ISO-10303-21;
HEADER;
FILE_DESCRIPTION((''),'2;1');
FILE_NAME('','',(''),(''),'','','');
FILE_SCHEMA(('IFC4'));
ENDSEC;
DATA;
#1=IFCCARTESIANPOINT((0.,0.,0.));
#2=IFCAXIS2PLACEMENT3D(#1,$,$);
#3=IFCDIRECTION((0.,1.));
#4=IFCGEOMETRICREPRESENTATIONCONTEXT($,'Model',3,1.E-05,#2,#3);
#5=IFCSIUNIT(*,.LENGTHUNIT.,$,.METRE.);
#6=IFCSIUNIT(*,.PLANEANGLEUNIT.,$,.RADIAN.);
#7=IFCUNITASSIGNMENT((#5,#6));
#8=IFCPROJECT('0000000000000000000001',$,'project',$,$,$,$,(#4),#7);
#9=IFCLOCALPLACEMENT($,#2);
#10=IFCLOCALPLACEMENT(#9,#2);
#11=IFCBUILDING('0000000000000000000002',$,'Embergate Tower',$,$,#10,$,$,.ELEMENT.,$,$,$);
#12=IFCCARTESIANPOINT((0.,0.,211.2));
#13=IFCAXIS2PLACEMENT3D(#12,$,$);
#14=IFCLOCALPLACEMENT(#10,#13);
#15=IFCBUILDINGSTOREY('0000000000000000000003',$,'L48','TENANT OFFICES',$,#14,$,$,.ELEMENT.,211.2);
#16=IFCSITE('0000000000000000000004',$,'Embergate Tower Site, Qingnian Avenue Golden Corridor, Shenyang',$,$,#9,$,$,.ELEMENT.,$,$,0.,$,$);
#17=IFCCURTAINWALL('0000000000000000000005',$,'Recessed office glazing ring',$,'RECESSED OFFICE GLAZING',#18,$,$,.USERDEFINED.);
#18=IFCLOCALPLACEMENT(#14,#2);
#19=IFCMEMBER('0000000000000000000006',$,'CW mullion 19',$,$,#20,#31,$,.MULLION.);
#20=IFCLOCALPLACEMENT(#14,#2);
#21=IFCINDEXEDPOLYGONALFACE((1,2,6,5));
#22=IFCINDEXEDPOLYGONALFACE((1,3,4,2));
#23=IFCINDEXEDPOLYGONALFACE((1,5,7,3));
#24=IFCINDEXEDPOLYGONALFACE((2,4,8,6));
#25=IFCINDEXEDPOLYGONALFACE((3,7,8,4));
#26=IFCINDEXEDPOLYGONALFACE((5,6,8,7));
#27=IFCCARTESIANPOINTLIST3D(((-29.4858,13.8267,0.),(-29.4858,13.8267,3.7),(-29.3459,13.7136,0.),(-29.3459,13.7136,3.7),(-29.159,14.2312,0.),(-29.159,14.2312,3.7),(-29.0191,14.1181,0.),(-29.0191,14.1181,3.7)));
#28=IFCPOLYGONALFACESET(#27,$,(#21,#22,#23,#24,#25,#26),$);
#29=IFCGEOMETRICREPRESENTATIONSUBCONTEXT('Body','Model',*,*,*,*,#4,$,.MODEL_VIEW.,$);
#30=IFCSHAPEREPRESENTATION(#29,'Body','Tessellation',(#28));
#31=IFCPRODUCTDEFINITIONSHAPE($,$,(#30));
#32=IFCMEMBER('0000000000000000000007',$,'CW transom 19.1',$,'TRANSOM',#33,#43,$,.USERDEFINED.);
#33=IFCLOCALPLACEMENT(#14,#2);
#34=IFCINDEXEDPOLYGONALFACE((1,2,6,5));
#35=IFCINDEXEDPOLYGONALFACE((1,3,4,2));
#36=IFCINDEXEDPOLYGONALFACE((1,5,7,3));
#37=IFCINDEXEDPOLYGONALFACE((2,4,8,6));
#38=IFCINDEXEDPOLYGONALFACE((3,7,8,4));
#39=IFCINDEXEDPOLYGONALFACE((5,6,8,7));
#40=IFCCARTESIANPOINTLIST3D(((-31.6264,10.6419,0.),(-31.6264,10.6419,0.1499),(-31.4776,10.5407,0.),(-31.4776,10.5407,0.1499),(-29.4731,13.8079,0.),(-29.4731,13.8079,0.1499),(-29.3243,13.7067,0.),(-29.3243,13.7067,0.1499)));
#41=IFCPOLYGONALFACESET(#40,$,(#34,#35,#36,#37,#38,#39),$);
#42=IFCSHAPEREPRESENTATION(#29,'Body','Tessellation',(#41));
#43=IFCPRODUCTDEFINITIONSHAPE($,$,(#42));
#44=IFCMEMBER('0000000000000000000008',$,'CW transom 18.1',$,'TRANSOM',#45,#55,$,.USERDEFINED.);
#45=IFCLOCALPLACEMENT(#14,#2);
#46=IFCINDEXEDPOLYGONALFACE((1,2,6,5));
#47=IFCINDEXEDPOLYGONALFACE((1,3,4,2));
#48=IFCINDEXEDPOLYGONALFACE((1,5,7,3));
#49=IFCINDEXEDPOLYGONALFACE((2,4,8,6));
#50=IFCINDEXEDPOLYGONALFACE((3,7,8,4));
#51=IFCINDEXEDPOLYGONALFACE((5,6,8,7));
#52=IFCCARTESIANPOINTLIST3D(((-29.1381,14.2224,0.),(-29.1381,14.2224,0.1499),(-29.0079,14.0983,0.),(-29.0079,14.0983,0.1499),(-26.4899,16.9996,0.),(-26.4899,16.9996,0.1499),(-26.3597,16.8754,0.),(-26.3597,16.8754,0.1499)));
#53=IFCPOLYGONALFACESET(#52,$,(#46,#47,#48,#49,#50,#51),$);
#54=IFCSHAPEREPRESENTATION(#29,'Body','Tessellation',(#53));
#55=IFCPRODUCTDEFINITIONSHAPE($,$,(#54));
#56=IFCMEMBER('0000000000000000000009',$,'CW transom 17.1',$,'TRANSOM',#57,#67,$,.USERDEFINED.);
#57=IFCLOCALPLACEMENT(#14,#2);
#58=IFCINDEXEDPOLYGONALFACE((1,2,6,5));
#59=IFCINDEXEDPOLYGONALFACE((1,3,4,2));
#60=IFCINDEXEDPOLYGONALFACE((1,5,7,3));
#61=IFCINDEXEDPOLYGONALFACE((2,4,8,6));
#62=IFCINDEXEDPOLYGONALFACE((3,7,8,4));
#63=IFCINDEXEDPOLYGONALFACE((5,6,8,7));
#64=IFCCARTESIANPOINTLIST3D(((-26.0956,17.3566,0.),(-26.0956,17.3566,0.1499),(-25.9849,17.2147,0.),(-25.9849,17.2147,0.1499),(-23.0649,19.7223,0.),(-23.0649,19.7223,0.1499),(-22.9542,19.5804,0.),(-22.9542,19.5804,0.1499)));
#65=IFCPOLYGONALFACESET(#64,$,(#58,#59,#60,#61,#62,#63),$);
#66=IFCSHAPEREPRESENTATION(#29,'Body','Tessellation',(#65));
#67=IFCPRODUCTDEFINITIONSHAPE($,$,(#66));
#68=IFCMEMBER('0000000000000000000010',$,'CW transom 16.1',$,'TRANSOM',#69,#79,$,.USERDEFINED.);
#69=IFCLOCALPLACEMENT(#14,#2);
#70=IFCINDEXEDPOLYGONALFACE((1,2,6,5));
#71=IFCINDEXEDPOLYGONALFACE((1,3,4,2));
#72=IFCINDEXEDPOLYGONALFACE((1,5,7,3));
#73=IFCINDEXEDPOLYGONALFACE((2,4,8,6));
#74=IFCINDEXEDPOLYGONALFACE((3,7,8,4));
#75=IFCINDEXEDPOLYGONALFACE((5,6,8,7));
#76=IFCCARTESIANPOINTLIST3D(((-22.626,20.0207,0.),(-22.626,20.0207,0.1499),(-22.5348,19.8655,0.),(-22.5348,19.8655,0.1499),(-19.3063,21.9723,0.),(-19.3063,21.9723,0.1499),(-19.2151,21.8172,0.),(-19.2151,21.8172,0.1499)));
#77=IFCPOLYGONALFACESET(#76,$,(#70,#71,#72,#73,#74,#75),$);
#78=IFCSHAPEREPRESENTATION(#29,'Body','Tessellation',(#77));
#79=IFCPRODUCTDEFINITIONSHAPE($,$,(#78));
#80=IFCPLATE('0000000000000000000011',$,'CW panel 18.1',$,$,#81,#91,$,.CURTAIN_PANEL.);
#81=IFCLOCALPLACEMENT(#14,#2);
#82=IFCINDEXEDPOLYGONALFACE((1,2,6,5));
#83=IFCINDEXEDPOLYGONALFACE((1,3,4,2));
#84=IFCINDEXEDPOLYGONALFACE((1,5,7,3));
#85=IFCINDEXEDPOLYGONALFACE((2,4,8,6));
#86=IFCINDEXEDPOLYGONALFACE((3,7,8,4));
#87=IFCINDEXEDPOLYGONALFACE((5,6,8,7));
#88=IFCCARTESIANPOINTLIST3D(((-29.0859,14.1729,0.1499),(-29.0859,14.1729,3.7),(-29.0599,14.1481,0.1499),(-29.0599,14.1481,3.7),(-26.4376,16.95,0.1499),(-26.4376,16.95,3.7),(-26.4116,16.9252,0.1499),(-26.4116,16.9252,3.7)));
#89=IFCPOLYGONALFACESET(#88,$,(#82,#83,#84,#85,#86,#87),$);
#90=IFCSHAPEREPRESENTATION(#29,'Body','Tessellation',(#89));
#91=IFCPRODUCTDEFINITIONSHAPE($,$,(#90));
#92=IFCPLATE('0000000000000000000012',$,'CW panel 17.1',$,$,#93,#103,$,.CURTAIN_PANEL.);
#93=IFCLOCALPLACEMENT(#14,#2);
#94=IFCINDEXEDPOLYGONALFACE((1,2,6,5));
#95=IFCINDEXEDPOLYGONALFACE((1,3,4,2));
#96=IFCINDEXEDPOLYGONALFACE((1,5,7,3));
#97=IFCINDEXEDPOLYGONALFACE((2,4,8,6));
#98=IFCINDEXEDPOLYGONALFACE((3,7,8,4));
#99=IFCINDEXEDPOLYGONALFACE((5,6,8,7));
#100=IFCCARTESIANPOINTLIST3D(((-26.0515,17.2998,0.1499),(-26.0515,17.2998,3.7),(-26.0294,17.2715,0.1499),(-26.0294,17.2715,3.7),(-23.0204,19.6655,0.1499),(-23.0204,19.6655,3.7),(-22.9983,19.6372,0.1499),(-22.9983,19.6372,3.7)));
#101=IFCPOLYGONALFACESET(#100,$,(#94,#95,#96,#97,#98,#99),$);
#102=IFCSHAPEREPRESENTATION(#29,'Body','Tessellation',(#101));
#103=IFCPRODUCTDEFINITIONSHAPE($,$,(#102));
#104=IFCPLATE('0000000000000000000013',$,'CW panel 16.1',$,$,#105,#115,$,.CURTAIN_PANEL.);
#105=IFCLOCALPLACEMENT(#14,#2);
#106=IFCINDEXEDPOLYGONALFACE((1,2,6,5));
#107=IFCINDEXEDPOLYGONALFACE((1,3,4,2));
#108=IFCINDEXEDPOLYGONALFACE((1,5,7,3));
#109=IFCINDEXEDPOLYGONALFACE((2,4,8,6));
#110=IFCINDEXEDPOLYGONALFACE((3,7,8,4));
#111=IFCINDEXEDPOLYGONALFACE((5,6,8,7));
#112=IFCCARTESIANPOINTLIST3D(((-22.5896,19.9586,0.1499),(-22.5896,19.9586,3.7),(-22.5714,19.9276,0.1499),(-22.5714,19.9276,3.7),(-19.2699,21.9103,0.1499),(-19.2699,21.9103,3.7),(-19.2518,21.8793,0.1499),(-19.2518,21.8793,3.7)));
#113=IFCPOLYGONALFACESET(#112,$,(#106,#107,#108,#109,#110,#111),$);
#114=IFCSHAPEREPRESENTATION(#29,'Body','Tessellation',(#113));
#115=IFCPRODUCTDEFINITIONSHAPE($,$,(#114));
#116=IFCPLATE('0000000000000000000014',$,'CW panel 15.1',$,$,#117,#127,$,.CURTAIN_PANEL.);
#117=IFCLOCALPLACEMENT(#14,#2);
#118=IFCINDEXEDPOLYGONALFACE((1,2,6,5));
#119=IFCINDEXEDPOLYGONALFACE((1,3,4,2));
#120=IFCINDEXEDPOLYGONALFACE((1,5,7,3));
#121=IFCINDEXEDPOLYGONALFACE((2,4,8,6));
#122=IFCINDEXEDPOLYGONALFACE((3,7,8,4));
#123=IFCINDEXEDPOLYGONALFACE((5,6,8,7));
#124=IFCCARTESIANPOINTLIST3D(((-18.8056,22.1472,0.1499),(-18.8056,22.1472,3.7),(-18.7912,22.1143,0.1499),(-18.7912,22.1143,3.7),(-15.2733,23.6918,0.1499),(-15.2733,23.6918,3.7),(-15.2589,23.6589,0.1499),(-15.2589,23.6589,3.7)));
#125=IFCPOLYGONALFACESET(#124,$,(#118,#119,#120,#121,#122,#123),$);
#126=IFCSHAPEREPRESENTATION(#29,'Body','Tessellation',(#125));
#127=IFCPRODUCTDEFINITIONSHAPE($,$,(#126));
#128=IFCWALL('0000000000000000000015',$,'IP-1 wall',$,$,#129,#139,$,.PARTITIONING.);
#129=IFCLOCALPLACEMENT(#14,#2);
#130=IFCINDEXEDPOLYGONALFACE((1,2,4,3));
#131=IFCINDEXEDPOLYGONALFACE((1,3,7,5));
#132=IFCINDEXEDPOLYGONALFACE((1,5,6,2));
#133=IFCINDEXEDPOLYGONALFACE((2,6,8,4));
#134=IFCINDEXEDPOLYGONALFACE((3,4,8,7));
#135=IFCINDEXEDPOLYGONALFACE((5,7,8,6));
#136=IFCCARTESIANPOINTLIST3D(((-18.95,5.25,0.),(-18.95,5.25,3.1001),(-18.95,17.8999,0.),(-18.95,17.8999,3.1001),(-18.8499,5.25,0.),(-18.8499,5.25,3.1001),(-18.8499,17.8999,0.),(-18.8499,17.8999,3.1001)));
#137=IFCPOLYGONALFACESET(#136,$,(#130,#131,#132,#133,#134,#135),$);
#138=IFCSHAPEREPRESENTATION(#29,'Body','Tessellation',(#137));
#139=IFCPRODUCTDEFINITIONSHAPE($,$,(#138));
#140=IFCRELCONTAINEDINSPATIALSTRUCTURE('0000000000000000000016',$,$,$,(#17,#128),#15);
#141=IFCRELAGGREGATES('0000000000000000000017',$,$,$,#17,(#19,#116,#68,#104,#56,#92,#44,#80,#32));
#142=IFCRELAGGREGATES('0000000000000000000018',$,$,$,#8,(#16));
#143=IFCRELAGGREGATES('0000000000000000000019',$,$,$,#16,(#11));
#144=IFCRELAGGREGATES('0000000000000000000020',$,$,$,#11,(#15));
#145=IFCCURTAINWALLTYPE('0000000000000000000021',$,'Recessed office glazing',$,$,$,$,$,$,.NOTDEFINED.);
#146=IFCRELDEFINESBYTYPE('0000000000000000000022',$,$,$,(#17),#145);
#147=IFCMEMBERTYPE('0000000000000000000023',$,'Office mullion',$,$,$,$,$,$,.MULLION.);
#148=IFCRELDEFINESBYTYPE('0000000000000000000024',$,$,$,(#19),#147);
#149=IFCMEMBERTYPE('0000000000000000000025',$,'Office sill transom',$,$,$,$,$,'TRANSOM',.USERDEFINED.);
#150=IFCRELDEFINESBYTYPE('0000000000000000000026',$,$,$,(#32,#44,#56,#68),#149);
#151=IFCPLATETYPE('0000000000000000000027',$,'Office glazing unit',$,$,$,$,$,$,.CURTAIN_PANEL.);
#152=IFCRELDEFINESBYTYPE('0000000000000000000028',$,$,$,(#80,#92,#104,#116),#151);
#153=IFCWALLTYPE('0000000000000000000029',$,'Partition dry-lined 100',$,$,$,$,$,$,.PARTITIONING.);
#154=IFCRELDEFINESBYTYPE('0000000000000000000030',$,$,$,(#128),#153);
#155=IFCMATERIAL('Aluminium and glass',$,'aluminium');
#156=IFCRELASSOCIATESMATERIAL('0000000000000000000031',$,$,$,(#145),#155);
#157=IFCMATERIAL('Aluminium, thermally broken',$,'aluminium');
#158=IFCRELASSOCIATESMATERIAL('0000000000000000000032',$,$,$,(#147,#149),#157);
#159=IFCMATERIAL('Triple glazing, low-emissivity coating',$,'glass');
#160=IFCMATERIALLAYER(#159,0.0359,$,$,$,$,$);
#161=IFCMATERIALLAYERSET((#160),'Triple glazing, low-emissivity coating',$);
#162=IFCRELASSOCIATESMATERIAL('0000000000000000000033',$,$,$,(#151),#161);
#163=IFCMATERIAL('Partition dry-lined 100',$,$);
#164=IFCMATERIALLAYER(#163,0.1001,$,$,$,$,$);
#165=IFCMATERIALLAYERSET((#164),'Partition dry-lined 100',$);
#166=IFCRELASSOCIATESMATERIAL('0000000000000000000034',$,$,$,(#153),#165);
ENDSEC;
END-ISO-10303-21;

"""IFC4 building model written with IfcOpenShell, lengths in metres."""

from ifc_helpers import new_model, si_unit, direction, frame, frame_2d, origin, origin_2d, place, context, subcontext, project, spatial, rectangle, extrude, source, transform, mapped, material, layer, layer_set, material_profile, profile_set, type_object, element, aggregate, save


model = new_model("IFC4")

# Units and contexts
model_context = context("Model", 3, precision=1e-05, world=origin(), true_north=direction((0.0, 1.0)))
body_context = subcontext(model_context, "Body", "Model", "MODEL_VIEW")
ifc_project = project(units=[si_unit("LENGTHUNIT", "METRE"), si_unit("PLANEANGLEUNIT", "RADIAN")], contexts=[model_context])

# Site, building, storey
site_placement = place(None, origin())
site = spatial("IfcSite", under=ifc_project, at=site_placement, Name="Embergate Tower Site, Qingnian Avenue Golden Corridor, Shenyang", CompositionType="ELEMENT", RefElevation=0.0)
building_placement = place(site_placement, origin())
building = spatial("IfcBuilding", under=site, at=building_placement, Name="Embergate Tower", CompositionType="ELEMENT")
storey_placement = place(building_placement, frame((0.0, 0.0, 211.2)))
storey = spatial("IfcBuildingStorey", under=building, at=storey_placement, Name="L48", Description="TENANT OFFICES", CompositionType="ELEMENT", Elevation=211.2)

# Curtain wall, members, plates
ifc_material_1 = material(Name="Aluminium and glass", Category="aluminium")
curtain_wall_type = type_object("IfcCurtainWallType", Name="Recessed office glazing", PredefinedType="NOTDEFINED", material=ifc_material_1)
curtain_wall_placement = place(storey_placement, origin())
curtain_wall = element("IfcCurtainWall", 1, at=curtain_wall_placement, inside=storey, type_object=curtain_wall_type, Name="Recessed office glazing ring", ObjectType="RECESSED OFFICE GLAZING", PredefinedType="USERDEFINED")
ifc_material_2 = material(Name="Aluminium, thermally broken", Category="aluminium")
ifc_material_profile_1 = material_profile(ifc_material_2, rectangle(XDim=0.1799, YDim=0.52, at=origin_2d()), Name="AL 520x180")
ifc_profile_set_1 = profile_set([ifc_material_profile_1], Name="Aluminium, thermally broken")
member_type_1 = type_object("IfcMemberType", Name="Office mullion", PredefinedType="MULLION", material=ifc_profile_set_1)
shared_shape_1 = source(origin(), body_context, "Body", "SweptSolid", [
    extrude(rectangle(XDim=0.1799, YDim=0.52, at=origin_2d()), origin(), (0.0, 0.0, 1.0), 3.7),
])
member_1_placement = place(storey_placement, frame((-29.2524, 13.9724, 0.0), z_axis=(0.0, 0.0, 1.0), x_axis=(0.777875, -0.628419, 0.0)))
member_1 = element("IfcMember", 2, at=member_1_placement, type_object=member_type_1, Name="CW mullion 19", PredefinedType="MULLION", context=body_context, shape_type="MappedRepresentation", body=[
    mapped(shared_shape_1, transform((0.0, 0.0, 0.0))),
])
ifc_material_profile_2 = material_profile(ifc_material_2, rectangle(XDim=0.1799, YDim=0.1499, at=origin_2d()), Name="AL 150x180")
ifc_profile_set_2 = profile_set([ifc_material_profile_2], Name="Aluminium, thermally broken")
member_type_2 = type_object("IfcMemberType", Name="Office sill transom", ElementType="TRANSOM", PredefinedType="USERDEFINED", material=ifc_profile_set_2)
shared_shape_2 = source(origin(), body_context, "Body", "SweptSolid", [
    extrude(rectangle(XDim=0.1799, YDim=0.1499, at=origin_2d()), origin(), (0.0, 0.0, 1.0), 3.8289),
])
member_2_placement = place(storey_placement, frame((-29.3987, 13.7573, 0.075), z_axis=(-0.562387, -0.826874, 0.0), x_axis=(0.826874, -0.562387, 0.0)))
member_2 = element("IfcMember", 3, at=member_2_placement, type_object=member_type_2, Name="CW transom 19.1", ObjectType="TRANSOM", PredefinedType="USERDEFINED", context=body_context, shape_type="MappedRepresentation", body=[
    mapped(shared_shape_2, transform((0.0, 0.0, 0.0))),
])
shared_shape_3 = source(origin(), body_context, "Body", "SweptSolid", [
    extrude(rectangle(XDim=0.1799, YDim=0.1499, at=origin_2d()), origin(), (0.0, 0.0, 1.0), 3.8374),
])
member_3_placement = place(storey_placement, frame((-26.4248, 16.9375, 0.075), z_axis=(-0.690111, -0.723704, 0.0), x_axis=(0.723704, -0.690111, 0.0)))
member_3 = element("IfcMember", 4, at=member_3_placement, type_object=member_type_2, Name="CW transom 18.1", ObjectType="TRANSOM", PredefinedType="USERDEFINED", context=body_context, shape_type="MappedRepresentation", body=[
    mapped(shared_shape_3, transform((0.0, 0.0, 0.0))),
])
shared_shape_4 = source(origin(), body_context, "Body", "SweptSolid", [
    extrude(rectangle(XDim=0.1799, YDim=0.1499, at=origin_2d()), origin(), (0.0, 0.0, 1.0), 3.8447),
])
member_4_placement = place(storey_placement, frame((-23.0095, 19.6514, 0.075), z_axis=(-0.788284, -0.615311, 0.0), x_axis=(0.615311, -0.788284, 0.0)))
member_4 = element("IfcMember", 5, at=member_4_placement, type_object=member_type_2, Name="CW transom 17.1", ObjectType="TRANSOM", PredefinedType="USERDEFINED", context=body_context, shape_type="MappedRepresentation", body=[
    mapped(shared_shape_4, transform((0.0, 0.0, 0.0))),
])
shared_shape_5 = source(origin(), body_context, "Body", "SweptSolid", [
    extrude(rectangle(XDim=0.1799, YDim=0.1499, at=origin_2d()), origin(), (0.0, 0.0, 1.0), 3.8508),
])
member_5_placement = place(storey_placement, frame((-19.2607, 21.8948, 0.075), z_axis=(-0.862052, -0.506821, 0.0), x_axis=(0.506821, -0.862052, 0.0)))
member_5 = element("IfcMember", 6, at=member_5_placement, type_object=member_type_2, Name="CW transom 16.1", ObjectType="TRANSOM", PredefinedType="USERDEFINED", context=body_context, shape_type="MappedRepresentation", body=[
    mapped(shared_shape_5, transform((0.0, 0.0, 0.0))),
])
ifc_material_3 = material(Name="Triple glazing, low-emissivity coating", Category="glass")
ifc_layer_1 = layer(ifc_material_3, 0.0359)
ifc_layer_set_1 = layer_set([ifc_layer_1], Name="Triple glazing, low-emissivity coating")
plate_type = type_object("IfcPlateType", Name="Office glazing unit", PredefinedType="CURTAIN_PANEL", material=ifc_layer_set_1)
shared_shape_6 = source(origin(), body_context, "Body", "SweptSolid", [
    extrude(rectangle(XDim=3.8374, YDim=0.0359, at=origin_2d()), origin(), (0.0, 0.0, 1.0), 3.55),
])
plate_1_placement = place(storey_placement, frame((-27.7488, 15.5491, 0.1499), z_axis=(0.0, 0.0, 1.0), x_axis=(-0.690129, -0.723687, 0.0)))
plate_1 = element("IfcPlate", 7, at=plate_1_placement, type_object=plate_type, Name="CW panel 18.1", PredefinedType="CURTAIN_PANEL", context=body_context, shape_type="MappedRepresentation", body=[
    mapped(shared_shape_6, transform((0.0, 0.0, 0.0))),
])
shared_shape_7 = source(origin(), body_context, "Body", "SweptSolid", [
    extrude(rectangle(XDim=3.845, YDim=0.0359, at=origin_2d()), origin(), (0.0, 0.0, 1.0), 3.55),
])
plate_2_placement = place(storey_placement, frame((-24.5249, 18.4685, 0.1499), z_axis=(0.0, 0.0, 1.0), x_axis=(-0.788316, -0.615271, 0.0)))
plate_2 = element("IfcPlate", 8, at=plate_2_placement, type_object=plate_type, Name="CW panel 17.1", PredefinedType="CURTAIN_PANEL", context=body_context, shape_type="MappedRepresentation", body=[
    mapped(shared_shape_7, transform((0.0, 0.0, 0.0))),
])
shared_shape_8 = source(origin(), body_context, "Body", "SweptSolid", [
    extrude(rectangle(XDim=3.8508, YDim=0.0359, at=origin_2d()), origin(), (0.0, 0.0, 1.0), 3.55),
])
plate_3_placement = place(storey_placement, frame((-20.9207, 20.9189, 0.1499), z_axis=(0.0, 0.0, 1.0), x_axis=(-0.86205, -0.506824, 0.0)))
plate_3 = element("IfcPlate", 9, at=plate_3_placement, type_object=plate_type, Name="CW panel 16.1", PredefinedType="CURTAIN_PANEL", context=body_context, shape_type="MappedRepresentation", body=[
    mapped(shared_shape_8, transform((0.0, 0.0, 0.0))),
])
shared_shape_9 = source(origin(), body_context, "Body", "SweptSolid", [
    extrude(rectangle(XDim=3.8552, YDim=0.0359, at=origin_2d()), origin(), (0.0, 0.0, 1.0), 3.55),
])
plate_4_placement = place(storey_placement, frame((-17.0322, 22.9031, 0.1499), z_axis=(0.0, 0.0, 1.0), x_axis=(-0.916233, -0.400645, 0.0)))
plate_4 = element("IfcPlate", 10, at=plate_4_placement, type_object=plate_type, Name="CW panel 15.1", PredefinedType="CURTAIN_PANEL", context=body_context, shape_type="MappedRepresentation", body=[
    mapped(shared_shape_9, transform((0.0, 0.0, 0.0))),
])
aggregate(curtain_wall, [member_1, plate_4, member_5, plate_3, member_4, plate_2, member_3, plate_1, member_2])

# Wall
ifc_material_4 = material(Name="Partition dry-lined 100")
ifc_layer_2 = layer(ifc_material_4, 0.1001)
ifc_layer_set_2 = layer_set([ifc_layer_2], Name="Partition dry-lined 100")
wall_type = type_object("IfcWallType", Name="Partition dry-lined 100", PredefinedType="PARTITIONING", material=ifc_layer_set_2)
shared_shape_10 = source(origin(), body_context, "Body", "SweptSolid", [
    extrude(rectangle(XDim=12.6499, YDim=0.1001, at=frame_2d((6.325, 0.0))), origin(), (0.0, 0.0, 1.0), 3.1001),
])
wall_placement = place(storey_placement, frame((-18.8999, 17.8999, 0.0), z_axis=(0.0, 0.0, 1.0), x_axis=(0.0, -1.0, 0.0)))
element("IfcWall", 11, at=wall_placement, inside=storey, type_object=wall_type, Name="IP-1 wall", PredefinedType="PARTITIONING", context=body_context, shape_type="MappedRepresentation", body=[
    mapped(shared_shape_10, transform((0.0, 0.0, 0.0))),
])

save(model, "model.ifc")
